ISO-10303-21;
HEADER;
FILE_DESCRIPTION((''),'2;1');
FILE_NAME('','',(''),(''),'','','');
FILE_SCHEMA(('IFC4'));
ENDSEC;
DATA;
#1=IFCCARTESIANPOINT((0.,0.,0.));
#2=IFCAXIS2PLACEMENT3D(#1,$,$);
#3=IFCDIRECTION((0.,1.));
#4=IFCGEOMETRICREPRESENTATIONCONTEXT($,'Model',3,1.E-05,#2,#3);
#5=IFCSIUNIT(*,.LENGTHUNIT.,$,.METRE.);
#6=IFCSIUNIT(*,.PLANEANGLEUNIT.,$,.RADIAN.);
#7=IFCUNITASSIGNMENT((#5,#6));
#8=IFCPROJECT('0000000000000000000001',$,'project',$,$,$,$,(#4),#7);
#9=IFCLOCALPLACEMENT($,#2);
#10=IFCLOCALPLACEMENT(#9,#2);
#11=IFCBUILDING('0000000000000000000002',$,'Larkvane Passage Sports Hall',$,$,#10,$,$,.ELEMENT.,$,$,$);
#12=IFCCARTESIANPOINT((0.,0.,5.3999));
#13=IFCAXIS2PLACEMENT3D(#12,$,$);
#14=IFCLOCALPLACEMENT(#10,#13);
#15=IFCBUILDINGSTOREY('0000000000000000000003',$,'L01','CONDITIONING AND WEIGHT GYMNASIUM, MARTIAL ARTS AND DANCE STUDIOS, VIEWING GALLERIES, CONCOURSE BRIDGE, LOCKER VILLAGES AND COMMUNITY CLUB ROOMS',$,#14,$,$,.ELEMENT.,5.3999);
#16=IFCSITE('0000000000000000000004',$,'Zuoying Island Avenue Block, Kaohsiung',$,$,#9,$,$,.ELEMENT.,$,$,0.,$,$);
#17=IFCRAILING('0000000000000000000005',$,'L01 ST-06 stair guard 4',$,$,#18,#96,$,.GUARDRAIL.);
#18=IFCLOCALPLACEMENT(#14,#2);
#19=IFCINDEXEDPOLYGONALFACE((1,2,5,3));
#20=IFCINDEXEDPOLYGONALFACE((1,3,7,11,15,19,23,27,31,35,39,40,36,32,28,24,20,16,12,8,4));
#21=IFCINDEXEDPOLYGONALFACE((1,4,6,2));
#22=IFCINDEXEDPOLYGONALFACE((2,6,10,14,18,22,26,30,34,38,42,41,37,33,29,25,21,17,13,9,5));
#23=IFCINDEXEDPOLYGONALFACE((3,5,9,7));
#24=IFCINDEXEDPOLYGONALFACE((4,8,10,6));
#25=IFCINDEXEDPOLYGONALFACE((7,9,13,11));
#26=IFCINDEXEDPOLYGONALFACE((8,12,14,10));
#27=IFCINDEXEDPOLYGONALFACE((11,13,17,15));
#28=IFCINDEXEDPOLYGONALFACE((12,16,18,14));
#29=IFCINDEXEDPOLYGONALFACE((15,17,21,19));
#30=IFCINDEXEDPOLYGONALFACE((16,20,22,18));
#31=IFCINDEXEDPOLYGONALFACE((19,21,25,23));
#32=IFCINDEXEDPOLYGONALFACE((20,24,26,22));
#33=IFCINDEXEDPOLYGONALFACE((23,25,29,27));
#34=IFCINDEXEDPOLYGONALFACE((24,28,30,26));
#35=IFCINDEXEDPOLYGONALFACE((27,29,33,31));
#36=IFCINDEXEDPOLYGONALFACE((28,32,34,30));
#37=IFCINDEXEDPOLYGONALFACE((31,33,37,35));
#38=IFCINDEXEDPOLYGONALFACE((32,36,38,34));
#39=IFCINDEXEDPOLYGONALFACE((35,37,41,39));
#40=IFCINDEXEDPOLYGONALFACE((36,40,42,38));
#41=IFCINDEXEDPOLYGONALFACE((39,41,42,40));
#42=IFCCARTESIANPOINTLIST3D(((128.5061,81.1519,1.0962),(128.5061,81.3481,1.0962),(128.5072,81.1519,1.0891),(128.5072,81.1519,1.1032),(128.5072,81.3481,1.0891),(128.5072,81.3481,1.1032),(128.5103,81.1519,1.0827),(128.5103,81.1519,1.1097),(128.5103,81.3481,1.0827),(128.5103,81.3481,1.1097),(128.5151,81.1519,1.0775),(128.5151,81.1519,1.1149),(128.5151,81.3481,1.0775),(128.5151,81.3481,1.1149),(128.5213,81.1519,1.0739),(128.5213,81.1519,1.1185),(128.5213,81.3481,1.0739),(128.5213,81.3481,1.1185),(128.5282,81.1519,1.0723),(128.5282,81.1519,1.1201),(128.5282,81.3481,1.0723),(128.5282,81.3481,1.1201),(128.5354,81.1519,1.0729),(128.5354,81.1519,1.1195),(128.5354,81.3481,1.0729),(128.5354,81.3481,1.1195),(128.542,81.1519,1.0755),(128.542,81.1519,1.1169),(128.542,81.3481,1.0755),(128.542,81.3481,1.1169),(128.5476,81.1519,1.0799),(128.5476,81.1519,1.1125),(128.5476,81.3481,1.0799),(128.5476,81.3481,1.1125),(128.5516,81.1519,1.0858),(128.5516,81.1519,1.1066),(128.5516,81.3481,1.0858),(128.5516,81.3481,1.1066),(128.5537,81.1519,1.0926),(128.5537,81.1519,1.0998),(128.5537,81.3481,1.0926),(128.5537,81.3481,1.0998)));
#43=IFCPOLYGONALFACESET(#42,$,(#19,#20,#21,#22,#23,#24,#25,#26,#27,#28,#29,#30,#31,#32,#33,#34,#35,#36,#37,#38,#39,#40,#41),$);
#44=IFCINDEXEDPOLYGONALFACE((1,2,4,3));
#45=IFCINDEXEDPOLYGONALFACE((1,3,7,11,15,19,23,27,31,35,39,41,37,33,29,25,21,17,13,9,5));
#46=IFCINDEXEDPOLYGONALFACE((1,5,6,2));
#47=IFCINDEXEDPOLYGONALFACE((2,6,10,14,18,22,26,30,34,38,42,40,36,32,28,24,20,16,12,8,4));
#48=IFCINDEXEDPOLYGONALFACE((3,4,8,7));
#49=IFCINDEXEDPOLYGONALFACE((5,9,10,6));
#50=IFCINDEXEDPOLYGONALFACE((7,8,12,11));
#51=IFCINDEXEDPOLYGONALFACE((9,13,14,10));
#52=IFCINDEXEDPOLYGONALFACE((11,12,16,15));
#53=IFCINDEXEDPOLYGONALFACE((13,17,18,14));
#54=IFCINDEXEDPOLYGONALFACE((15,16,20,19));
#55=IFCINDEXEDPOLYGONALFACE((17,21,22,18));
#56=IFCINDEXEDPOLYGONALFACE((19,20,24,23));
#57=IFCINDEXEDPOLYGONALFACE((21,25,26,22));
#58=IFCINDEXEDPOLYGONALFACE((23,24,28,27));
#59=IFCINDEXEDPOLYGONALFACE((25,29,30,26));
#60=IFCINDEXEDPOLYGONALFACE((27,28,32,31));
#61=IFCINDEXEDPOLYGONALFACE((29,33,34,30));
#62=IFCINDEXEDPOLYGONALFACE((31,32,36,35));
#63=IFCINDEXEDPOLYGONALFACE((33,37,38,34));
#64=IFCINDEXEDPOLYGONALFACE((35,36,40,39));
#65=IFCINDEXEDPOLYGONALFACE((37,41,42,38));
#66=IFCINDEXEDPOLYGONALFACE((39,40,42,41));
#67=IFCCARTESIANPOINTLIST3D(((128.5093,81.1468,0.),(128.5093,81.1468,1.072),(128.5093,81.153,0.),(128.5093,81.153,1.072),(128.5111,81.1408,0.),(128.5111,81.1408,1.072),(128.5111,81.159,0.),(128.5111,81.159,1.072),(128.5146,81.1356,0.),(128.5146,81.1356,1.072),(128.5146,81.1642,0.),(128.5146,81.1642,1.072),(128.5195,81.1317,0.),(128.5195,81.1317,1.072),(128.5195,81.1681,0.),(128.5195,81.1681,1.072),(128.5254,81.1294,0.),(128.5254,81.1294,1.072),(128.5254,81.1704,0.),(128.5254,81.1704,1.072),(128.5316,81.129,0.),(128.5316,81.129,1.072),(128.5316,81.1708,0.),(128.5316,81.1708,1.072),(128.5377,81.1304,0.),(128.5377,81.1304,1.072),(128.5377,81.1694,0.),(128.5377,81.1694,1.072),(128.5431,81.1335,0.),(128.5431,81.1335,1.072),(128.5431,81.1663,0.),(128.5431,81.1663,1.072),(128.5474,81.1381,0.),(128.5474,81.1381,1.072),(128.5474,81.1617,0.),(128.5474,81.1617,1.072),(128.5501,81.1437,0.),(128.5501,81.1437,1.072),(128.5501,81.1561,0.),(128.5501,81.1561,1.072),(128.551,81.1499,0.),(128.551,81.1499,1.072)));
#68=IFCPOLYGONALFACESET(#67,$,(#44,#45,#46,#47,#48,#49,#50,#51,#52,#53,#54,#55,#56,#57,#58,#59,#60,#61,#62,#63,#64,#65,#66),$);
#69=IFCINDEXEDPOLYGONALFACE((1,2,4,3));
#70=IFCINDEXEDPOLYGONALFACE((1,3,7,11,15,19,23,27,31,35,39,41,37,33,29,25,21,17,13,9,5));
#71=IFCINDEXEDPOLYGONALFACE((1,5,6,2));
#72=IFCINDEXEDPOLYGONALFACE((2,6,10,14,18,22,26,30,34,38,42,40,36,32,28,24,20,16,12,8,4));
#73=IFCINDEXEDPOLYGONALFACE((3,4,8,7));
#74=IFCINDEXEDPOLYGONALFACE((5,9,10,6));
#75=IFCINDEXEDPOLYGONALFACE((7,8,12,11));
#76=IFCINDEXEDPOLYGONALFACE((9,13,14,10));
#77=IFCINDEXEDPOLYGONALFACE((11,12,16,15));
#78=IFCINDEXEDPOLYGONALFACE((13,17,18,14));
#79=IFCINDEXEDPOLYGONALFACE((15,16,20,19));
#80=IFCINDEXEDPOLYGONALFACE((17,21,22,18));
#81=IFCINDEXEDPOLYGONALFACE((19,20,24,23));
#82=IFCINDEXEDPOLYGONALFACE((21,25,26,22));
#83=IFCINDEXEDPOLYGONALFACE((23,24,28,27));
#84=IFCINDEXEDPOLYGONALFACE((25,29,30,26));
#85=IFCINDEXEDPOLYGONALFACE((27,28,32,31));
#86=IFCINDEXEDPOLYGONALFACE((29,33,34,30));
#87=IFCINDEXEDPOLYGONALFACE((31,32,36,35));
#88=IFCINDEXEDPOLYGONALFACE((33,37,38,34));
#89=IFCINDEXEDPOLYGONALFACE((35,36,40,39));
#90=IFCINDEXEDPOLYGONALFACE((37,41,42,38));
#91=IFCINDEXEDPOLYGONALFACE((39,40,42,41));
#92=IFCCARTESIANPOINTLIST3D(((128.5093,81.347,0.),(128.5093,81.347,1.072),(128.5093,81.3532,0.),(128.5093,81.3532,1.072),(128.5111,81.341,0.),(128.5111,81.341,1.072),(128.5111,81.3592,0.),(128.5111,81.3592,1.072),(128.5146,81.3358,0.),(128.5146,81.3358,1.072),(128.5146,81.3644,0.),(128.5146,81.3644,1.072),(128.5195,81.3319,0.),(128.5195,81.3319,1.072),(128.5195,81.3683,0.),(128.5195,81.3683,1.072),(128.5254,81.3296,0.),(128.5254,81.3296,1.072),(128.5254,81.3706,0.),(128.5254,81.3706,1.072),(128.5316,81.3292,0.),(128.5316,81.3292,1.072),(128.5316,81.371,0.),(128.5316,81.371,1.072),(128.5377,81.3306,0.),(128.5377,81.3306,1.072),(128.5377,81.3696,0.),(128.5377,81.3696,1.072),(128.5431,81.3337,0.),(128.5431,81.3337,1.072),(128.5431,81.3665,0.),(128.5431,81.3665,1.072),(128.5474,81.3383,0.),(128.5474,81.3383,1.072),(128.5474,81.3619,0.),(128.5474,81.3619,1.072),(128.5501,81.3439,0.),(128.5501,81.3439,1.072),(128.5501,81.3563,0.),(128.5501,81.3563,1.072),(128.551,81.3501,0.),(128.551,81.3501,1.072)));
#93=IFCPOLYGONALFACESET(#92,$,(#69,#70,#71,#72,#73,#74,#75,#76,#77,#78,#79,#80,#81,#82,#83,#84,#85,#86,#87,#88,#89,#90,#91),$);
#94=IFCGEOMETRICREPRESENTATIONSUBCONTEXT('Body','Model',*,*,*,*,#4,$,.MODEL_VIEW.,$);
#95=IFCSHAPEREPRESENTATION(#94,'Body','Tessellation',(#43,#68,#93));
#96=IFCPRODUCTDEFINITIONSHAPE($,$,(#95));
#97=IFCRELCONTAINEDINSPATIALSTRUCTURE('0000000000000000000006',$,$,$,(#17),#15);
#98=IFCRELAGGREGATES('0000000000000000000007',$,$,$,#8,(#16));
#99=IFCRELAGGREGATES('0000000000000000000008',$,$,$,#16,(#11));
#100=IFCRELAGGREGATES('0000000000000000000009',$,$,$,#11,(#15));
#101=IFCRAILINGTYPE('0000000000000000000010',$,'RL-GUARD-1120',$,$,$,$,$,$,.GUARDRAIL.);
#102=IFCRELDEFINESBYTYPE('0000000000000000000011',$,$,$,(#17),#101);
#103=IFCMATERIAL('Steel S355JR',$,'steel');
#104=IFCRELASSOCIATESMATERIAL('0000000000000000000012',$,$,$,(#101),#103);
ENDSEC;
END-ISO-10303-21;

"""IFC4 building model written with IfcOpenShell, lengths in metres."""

from ifc_helpers import new_model, si_unit, direction, frame, origin, origin_2d, place, context, subcontext, project, spatial, circle, extrude, material, type_object, element, save


model = new_model("IFC4")

# Units and contexts
model_context = context("Model", 3, precision=1e-05, world=origin(), true_north=direction((0.0, 1.0)))
body_context = subcontext(model_context, "Body", "Model", "MODEL_VIEW")
ifc_project = project(units=[si_unit("LENGTHUNIT", "METRE"), si_unit("PLANEANGLEUNIT", "RADIAN")], contexts=[model_context])

# Site, building, storey
site_placement = place(None, origin())
site = spatial("IfcSite", under=ifc_project, at=site_placement, Name="Zuoying Island Avenue Block, Kaohsiung", CompositionType="ELEMENT", RefElevation=0.0)
building_placement = place(site_placement, origin())
building = spatial("IfcBuilding", under=site, at=building_placement, Name="Larkvane Passage Sports Hall", CompositionType="ELEMENT")
storey_placement = place(building_placement, frame((0.0, 0.0, 5.3999)))
storey = spatial("IfcBuildingStorey", under=building, at=storey_placement, Name="L01", Description="CONDITIONING AND WEIGHT GYMNASIUM, MARTIAL ARTS AND DANCE STUDIOS, VIEWING GALLERIES, CONCOURSE BRIDGE, LOCKER VILLAGES AND COMMUNITY CLUB ROOMS", CompositionType="ELEMENT", Elevation=5.3999)

# Shared definitions
ifc_material_1 = material(Name="Steel S355JR", Category="steel")

# Railing
railing_type_1 = type_object("IfcRailingType", Name="RL-GUARD-1120", PredefinedType="GUARDRAIL", material=ifc_material_1)
railing_1_placement = place(storey_placement, frame((128.53, 81.1499, 0.0)))
element("IfcRailing", 1, at=railing_1_placement, inside=storey, type_object=railing_type_1, Name="L01 ST-06 stair guard 4", PredefinedType="GUARDRAIL", context=body_context, shape_type="SweptSolid", body=[
    extrude(circle(Radius=0.0239, at=origin_2d()), frame((0.0, 0.002, 1.0962), z_axis=(0.0, 1.0, 0.0), x_axis=(-1.0, 0.0, 0.0)), (0.0, 0.0, 1.0), 0.1963),
    extrude(circle(Radius=0.021, at=origin_2d()), origin(), (0.0, 0.0, 1.0), 1.072),
    extrude(circle(Radius=0.021, at=origin_2d()), frame((0.0, 0.2002, 0.0)), (0.0, 0.0, 1.0), 1.072),
])

save(model, "model.ifc")
